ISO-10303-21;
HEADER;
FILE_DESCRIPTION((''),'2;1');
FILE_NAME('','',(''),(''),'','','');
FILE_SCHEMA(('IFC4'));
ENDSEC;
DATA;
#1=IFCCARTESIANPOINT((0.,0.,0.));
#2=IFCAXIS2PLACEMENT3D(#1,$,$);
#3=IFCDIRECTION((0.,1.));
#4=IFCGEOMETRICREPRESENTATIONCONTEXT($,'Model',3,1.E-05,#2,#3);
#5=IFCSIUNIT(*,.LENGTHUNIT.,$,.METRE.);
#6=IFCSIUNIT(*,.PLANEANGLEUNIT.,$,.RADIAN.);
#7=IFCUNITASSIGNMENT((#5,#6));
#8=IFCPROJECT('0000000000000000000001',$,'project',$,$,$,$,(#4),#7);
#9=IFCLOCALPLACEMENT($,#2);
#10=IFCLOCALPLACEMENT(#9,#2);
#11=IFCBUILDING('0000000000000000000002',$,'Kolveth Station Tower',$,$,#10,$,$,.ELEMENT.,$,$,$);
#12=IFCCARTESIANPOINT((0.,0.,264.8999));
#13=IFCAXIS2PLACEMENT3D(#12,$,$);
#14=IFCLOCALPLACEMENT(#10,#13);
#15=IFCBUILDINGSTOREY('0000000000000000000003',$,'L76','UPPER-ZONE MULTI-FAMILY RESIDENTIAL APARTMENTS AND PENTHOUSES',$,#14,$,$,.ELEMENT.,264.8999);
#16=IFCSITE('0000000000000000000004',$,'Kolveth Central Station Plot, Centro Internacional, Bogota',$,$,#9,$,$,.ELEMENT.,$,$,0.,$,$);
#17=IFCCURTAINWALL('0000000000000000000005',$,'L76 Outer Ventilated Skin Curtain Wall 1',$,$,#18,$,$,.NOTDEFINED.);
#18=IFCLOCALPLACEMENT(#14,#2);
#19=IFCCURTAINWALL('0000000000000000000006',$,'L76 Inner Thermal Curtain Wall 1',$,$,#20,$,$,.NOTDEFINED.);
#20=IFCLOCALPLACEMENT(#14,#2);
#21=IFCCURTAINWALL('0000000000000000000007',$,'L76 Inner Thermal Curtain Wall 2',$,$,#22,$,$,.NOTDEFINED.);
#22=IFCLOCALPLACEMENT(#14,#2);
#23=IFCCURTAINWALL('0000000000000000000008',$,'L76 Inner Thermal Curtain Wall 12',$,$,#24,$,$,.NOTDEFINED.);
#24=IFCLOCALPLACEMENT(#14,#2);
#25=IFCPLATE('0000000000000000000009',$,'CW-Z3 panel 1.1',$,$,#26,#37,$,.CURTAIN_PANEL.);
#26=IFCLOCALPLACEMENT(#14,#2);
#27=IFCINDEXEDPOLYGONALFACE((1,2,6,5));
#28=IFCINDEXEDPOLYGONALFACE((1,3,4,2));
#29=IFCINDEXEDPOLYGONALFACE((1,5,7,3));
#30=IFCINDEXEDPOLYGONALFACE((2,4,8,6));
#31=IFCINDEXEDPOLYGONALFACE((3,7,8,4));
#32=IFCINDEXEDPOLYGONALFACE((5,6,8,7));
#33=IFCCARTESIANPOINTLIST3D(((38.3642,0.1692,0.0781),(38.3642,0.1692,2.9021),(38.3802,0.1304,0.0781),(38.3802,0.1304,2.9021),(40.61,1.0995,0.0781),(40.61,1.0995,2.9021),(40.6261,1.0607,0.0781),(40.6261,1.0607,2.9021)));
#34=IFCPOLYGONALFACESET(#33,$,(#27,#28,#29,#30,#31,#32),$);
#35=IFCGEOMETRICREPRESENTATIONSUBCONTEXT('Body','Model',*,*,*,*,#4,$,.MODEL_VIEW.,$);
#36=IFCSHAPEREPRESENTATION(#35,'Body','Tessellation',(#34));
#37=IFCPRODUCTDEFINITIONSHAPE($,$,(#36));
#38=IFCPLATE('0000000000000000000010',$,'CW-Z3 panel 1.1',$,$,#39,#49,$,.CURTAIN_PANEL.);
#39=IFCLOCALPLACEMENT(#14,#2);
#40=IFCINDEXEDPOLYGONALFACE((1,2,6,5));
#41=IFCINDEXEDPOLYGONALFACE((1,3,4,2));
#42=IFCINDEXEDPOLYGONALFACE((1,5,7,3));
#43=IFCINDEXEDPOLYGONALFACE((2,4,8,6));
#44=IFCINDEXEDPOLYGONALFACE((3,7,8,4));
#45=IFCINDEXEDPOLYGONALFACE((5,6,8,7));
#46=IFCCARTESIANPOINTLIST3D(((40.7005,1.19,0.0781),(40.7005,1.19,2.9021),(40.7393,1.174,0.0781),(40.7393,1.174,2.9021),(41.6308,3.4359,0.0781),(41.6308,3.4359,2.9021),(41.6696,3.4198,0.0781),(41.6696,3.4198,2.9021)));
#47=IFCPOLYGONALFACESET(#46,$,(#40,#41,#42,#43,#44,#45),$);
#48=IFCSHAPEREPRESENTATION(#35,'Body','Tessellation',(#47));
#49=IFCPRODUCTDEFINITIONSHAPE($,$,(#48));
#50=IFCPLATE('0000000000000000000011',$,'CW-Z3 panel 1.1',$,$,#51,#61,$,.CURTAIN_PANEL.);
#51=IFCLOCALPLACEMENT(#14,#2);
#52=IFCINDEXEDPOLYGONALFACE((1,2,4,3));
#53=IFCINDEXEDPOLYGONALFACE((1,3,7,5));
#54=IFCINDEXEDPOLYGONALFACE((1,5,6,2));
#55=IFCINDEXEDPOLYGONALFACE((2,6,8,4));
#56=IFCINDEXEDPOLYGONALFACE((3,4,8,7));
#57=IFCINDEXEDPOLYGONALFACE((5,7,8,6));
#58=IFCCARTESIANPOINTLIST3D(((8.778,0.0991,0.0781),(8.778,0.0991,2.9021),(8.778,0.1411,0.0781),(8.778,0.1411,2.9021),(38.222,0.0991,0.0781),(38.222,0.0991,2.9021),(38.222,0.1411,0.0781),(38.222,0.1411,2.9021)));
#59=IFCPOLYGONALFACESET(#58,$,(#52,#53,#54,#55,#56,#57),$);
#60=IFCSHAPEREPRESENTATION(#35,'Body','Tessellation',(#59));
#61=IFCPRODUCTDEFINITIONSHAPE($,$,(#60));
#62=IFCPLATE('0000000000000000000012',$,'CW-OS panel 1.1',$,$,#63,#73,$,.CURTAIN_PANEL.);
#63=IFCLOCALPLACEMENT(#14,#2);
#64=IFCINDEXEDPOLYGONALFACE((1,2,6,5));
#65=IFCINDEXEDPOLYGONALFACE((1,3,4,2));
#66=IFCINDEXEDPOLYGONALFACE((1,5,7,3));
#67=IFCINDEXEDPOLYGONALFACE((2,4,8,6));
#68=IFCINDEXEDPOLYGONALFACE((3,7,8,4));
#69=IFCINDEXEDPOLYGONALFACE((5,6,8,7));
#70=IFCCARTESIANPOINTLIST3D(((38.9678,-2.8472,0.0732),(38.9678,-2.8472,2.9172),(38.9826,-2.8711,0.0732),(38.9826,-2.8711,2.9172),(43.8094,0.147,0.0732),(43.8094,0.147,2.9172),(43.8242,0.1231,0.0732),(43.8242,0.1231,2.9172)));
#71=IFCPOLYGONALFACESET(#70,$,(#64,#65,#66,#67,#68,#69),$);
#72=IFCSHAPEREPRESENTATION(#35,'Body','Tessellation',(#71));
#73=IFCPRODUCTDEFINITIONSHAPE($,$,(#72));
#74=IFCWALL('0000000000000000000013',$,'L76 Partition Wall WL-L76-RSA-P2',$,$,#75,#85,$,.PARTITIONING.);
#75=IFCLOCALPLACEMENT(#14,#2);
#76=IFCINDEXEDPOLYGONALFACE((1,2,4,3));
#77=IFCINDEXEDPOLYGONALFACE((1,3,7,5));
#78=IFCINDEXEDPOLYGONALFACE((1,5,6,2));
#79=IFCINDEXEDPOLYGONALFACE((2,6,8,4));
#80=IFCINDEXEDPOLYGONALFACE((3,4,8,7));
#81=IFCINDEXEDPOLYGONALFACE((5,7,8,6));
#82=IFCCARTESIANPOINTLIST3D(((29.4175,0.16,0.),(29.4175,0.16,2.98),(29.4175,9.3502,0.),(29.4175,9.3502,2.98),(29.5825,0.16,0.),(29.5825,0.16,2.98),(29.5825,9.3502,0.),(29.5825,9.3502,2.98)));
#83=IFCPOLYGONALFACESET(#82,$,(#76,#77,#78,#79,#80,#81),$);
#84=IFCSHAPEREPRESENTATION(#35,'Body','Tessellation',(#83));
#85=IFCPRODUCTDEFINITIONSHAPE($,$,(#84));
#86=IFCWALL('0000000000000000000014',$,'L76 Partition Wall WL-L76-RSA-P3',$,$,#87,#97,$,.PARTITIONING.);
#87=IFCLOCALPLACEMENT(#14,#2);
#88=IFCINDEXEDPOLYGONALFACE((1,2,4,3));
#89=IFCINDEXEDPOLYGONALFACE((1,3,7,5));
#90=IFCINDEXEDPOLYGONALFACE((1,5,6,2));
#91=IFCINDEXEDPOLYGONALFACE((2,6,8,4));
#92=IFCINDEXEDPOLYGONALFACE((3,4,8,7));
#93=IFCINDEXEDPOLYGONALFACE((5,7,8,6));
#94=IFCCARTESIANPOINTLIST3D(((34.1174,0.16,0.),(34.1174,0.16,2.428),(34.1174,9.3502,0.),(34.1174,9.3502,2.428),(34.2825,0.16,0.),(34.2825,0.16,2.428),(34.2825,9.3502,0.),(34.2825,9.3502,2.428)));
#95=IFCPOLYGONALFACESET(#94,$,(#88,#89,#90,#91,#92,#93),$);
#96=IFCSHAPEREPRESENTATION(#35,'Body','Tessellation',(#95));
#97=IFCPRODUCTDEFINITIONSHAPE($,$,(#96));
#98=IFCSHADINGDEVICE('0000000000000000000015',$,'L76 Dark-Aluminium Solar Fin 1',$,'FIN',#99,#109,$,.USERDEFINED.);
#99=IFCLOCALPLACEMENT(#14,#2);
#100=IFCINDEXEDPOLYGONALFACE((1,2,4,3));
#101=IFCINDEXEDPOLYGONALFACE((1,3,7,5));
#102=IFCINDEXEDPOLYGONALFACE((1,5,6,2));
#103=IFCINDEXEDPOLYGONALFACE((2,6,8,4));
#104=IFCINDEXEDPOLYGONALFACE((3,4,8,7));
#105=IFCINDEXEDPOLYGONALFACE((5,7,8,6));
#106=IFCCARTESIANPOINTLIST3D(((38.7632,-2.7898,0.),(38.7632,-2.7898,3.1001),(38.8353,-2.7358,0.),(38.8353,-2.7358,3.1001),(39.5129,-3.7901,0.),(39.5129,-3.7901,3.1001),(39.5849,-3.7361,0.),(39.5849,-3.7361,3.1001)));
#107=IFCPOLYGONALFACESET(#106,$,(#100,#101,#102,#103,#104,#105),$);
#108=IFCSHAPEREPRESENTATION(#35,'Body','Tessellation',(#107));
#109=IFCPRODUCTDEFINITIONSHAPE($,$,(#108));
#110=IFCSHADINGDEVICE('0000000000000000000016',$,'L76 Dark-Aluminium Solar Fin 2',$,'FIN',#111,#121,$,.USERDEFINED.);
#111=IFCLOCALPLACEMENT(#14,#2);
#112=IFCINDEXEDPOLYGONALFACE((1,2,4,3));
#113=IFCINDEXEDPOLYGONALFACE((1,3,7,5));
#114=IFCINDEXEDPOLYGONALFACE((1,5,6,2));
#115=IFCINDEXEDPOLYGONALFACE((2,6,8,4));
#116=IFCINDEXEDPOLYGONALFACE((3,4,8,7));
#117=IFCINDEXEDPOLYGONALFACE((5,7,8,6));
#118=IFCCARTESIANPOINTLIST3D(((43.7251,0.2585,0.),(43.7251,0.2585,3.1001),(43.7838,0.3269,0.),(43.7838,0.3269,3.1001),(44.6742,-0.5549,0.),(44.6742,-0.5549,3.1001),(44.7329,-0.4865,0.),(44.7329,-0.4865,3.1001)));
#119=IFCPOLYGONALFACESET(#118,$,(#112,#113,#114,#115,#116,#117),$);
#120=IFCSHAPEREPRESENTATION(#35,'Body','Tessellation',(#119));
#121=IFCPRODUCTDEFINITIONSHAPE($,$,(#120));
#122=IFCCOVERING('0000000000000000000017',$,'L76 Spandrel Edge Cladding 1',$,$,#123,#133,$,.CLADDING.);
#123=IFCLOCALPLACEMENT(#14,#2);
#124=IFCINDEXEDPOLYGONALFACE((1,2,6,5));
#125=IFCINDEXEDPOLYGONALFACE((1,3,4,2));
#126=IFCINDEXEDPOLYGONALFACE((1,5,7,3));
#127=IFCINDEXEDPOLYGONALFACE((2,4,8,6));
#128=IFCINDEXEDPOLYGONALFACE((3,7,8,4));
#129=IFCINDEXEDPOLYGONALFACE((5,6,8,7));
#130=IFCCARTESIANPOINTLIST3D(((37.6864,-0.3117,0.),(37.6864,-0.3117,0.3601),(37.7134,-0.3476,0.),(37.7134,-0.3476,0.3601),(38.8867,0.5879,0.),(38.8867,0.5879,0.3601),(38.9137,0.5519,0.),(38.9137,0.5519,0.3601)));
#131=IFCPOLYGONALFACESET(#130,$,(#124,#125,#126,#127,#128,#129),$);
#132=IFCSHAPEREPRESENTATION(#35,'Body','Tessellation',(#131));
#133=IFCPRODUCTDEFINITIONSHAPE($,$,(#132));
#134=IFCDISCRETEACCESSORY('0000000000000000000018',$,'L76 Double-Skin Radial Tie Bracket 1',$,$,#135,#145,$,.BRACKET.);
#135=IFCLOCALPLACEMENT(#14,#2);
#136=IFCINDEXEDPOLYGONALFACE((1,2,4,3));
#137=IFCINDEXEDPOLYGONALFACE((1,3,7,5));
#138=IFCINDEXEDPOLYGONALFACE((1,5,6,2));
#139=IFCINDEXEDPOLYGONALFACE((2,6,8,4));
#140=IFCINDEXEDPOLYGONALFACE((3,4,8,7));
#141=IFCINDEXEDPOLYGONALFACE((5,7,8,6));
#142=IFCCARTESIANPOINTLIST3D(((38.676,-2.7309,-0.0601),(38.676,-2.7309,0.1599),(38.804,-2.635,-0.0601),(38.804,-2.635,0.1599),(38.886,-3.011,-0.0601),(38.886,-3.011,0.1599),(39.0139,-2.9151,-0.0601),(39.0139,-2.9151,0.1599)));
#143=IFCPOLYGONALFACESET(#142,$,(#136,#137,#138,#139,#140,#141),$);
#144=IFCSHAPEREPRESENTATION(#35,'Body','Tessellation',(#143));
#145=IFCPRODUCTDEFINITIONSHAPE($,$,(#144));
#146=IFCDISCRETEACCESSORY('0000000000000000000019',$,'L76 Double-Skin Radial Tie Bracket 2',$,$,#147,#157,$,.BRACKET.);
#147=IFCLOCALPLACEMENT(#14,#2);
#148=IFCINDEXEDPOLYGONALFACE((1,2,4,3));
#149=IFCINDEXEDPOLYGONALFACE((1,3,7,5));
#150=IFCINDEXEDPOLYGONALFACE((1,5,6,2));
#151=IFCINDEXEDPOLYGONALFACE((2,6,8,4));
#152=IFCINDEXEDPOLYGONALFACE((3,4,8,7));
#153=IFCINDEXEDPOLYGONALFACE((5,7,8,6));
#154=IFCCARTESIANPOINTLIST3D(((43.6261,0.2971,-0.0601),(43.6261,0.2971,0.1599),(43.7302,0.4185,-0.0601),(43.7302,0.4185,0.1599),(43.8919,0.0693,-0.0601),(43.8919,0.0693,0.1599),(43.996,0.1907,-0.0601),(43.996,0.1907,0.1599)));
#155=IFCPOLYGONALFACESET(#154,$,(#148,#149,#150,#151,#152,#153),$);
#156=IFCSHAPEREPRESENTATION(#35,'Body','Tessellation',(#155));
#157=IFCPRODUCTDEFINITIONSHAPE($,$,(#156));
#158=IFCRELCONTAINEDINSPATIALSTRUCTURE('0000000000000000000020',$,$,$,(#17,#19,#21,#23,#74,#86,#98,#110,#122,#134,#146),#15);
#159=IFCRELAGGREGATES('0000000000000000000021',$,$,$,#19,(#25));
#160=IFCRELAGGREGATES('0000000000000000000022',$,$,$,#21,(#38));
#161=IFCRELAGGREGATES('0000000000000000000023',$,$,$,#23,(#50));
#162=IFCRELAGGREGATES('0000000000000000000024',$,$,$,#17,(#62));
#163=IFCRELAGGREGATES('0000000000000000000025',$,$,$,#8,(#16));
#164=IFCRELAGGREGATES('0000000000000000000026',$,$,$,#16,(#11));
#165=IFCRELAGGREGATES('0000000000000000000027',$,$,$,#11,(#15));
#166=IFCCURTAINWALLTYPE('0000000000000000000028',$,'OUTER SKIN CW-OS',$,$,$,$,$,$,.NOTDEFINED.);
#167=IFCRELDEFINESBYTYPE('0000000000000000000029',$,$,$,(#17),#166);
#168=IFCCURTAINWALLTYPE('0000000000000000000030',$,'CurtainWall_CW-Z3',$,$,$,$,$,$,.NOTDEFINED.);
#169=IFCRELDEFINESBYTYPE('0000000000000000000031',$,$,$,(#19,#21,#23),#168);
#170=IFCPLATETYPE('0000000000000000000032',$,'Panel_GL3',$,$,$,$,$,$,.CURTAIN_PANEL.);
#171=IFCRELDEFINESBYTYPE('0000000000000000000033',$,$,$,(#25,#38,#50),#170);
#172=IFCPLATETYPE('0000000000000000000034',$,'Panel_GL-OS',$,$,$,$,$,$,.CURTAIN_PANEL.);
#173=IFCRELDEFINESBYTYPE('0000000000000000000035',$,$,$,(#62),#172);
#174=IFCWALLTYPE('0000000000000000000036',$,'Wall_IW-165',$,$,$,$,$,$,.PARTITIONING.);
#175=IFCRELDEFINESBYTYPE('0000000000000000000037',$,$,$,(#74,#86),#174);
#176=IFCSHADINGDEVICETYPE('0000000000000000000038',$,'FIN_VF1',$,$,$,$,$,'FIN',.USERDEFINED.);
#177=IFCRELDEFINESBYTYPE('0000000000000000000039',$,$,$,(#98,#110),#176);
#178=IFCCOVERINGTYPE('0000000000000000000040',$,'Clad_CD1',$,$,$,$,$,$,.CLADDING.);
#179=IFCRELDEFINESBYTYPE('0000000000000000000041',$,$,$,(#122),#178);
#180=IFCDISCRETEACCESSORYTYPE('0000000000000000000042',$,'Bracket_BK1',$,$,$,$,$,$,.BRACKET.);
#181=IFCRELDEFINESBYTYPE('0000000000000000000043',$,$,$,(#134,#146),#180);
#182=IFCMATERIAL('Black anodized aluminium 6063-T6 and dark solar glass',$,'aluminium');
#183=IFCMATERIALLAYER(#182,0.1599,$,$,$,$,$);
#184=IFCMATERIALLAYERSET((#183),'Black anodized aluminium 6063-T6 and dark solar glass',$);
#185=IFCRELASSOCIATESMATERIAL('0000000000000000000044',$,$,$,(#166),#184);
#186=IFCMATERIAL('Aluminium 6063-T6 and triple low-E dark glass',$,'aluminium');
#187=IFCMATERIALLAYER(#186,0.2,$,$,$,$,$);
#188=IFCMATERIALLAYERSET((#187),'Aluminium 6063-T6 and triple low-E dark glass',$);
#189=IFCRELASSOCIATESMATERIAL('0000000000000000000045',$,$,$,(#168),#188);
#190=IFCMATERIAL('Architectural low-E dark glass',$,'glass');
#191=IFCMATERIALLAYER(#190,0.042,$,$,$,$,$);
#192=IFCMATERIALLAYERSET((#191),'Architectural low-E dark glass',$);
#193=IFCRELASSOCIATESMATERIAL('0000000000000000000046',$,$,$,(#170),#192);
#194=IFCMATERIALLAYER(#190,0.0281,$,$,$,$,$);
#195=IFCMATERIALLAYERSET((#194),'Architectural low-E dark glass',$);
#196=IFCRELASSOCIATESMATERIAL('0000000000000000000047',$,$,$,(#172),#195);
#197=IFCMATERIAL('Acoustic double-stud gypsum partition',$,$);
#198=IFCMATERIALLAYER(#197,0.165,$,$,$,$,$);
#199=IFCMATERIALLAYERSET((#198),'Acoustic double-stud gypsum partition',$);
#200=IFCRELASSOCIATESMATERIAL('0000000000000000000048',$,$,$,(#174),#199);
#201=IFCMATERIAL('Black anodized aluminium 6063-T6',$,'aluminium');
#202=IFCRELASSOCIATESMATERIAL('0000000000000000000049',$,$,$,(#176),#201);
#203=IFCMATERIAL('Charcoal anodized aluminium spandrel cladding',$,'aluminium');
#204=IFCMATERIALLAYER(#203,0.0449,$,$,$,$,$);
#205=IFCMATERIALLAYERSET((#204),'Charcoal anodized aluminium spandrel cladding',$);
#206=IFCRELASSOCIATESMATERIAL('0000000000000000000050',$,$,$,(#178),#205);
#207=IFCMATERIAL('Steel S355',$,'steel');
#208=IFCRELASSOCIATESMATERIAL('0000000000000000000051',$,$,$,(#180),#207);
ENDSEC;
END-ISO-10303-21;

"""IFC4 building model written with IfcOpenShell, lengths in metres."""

from ifc_helpers import new_model, si_unit, direction, frame, frame_2d, origin, origin_2d, place, context, subcontext, project, spatial, rectangle, extrude, source, transform, mapped, material, layer, layer_set, type_object, element, aggregate, save


model = new_model("IFC4")

# Units and contexts
model_context = context("Model", 3, precision=1e-05, world=origin(), true_north=direction((0.0, 1.0)))
body_context = subcontext(model_context, "Body", "Model", "MODEL_VIEW")
ifc_project = project(units=[si_unit("LENGTHUNIT", "METRE"), si_unit("PLANEANGLEUNIT", "RADIAN")], contexts=[model_context])

# Site, building, storey
site_placement = place(None, origin())
site = spatial("IfcSite", under=ifc_project, at=site_placement, Name="Kolveth Central Station Plot, Centro Internacional, Bogota", CompositionType="ELEMENT", RefElevation=0.0)
building_placement = place(site_placement, origin())
building = spatial("IfcBuilding", under=site, at=building_placement, Name="Kolveth Station Tower", CompositionType="ELEMENT")
storey_placement = place(building_placement, frame((0.0, 0.0, 264.8999)))
storey = spatial("IfcBuildingStorey", under=building, at=storey_placement, Name="L76", Description="UPPER-ZONE MULTI-FAMILY RESIDENTIAL APARTMENTS AND PENTHOUSES", CompositionType="ELEMENT", Elevation=264.8999)

# Shared definitions
ifc_material_1 = material(Name="Steel S355", Category="steel")

# Curtain wall
ifc_material_2 = material(Name="Black anodized aluminium 6063-T6 and dark solar glass", Category="aluminium")
ifc_layer_1 = layer(ifc_material_2, 0.1599)
ifc_layer_set_1 = layer_set([ifc_layer_1], Name="Black anodized aluminium 6063-T6 and dark solar glass")
curtain_wall_type_1 = type_object("IfcCurtainWallType", Name="OUTER SKIN CW-OS", PredefinedType="NOTDEFINED", material=ifc_layer_set_1)
curtain_wall_1_placement = place(storey_placement, origin())
curtain_wall_1 = element("IfcCurtainWall", 1, at=curtain_wall_1_placement, inside=storey, type_object=curtain_wall_type_1, Name="L76 Outer Ventilated Skin Curtain Wall 1", PredefinedType="NOTDEFINED")
ifc_material_3 = material(Name="Black anodized aluminium 6063-T6", Category="aluminium")

# Curtain walls
ifc_material_4 = material(Name="Aluminium 6063-T6 and triple low-E dark glass", Category="aluminium")
ifc_layer_2 = layer(ifc_material_4, 0.2)
ifc_layer_set_2 = layer_set([ifc_layer_2], Name="Aluminium 6063-T6 and triple low-E dark glass")
curtain_wall_type_2 = type_object("IfcCurtainWallType", Name="CurtainWall_CW-Z3", PredefinedType="NOTDEFINED", material=ifc_layer_set_2)
curtain_wall_2_placement = place(storey_placement, origin())
curtain_wall_2 = element("IfcCurtainWall", 2, at=curtain_wall_2_placement, inside=storey, type_object=curtain_wall_type_2, Name="L76 Inner Thermal Curtain Wall 1", PredefinedType="NOTDEFINED")
curtain_wall_3_placement = place(storey_placement, origin())
curtain_wall_3 = element("IfcCurtainWall", 3, at=curtain_wall_3_placement, inside=storey, type_object=curtain_wall_type_2, Name="L76 Inner Thermal Curtain Wall 2", PredefinedType="NOTDEFINED")

# Curtain wall
curtain_wall_4_placement = place(storey_placement, origin())
curtain_wall_4 = element("IfcCurtainWall", 4, at=curtain_wall_4_placement, inside=storey, type_object=curtain_wall_type_2, Name="L76 Inner Thermal Curtain Wall 12", PredefinedType="NOTDEFINED")

# Plates
ifc_material_5 = material(Name="Architectural low-E dark glass", Category="glass")
ifc_layer_3 = layer(ifc_material_5, 0.042)
ifc_layer_set_3 = layer_set([ifc_layer_3], Name="Architectural low-E dark glass")
plate_type_1 = type_object("IfcPlateType", Name="Panel_GL3", PredefinedType="CURTAIN_PANEL", material=ifc_layer_set_3)
shared_shape_1 = source(origin(), body_context, "Body", "SweptSolid", [
    extrude(rectangle(XDim=2.4309, YDim=0.042, at=origin_2d()), origin(), (0.0, 0.0, 1.0), 2.824),
])
plate_1_placement = place(storey_placement, frame((39.4951, 0.615, 0.0781), z_axis=(0.0, 0.0, 1.0), x_axis=(0.923875, 0.382693, 0.0)))
plate_1 = element("IfcPlate", 5, at=plate_1_placement, type_object=plate_type_1, Name="CW-Z3 panel 1.1", PredefinedType="CURTAIN_PANEL", context=body_context, shape_type="MappedRepresentation", body=[
    mapped(shared_shape_1, transform((0.0, 0.0, 0.0), x_axis=(1.0, 0.0, 0.0), y_axis=(0.0, 1.0, 0.0), z_axis=(0.0, 0.0, 1.0), scale=1.0)),
])
aggregate(curtain_wall_2, [plate_1])
plate_2_placement = place(storey_placement, frame((41.1851, 2.3049, 0.0781), z_axis=(0.0, 0.0, 1.0), x_axis=(0.382693, 0.923875, 0.0)))
plate_2 = element("IfcPlate", 6, at=plate_2_placement, type_object=plate_type_1, Name="CW-Z3 panel 1.1", PredefinedType="CURTAIN_PANEL", context=body_context, shape_type="MappedRepresentation", body=[
    mapped(shared_shape_1, transform((0.0, 0.0, 0.0), x_axis=(1.0, 0.0, 0.0), y_axis=(0.0, 1.0, 0.0), z_axis=(0.0, 0.0, 1.0), scale=1.0)),
])
aggregate(curtain_wall_3, [plate_2])
shared_shape_2 = source(origin(), body_context, "Body", "SweptSolid", [
    extrude(rectangle(XDim=29.4441, YDim=0.042, at=origin_2d()), origin(), (0.0, 0.0, 1.0), 2.824),
])
plate_3_placement = place(storey_placement, frame((23.5, 0.1201, 0.0781), z_axis=(0.0, 0.0, 1.0), x_axis=(1.0, 0.0, 0.0)))
plate_3 = element("IfcPlate", 7, at=plate_3_placement, type_object=plate_type_1, Name="CW-Z3 panel 1.1", PredefinedType="CURTAIN_PANEL", context=body_context, shape_type="MappedRepresentation", body=[
    mapped(shared_shape_2, transform((0.0, 0.0, 0.0), x_axis=(1.0, 0.0, 0.0), y_axis=(0.0, 1.0, 0.0), z_axis=(0.0, 0.0, 1.0), scale=1.0)),
])
aggregate(curtain_wall_4, [plate_3])
ifc_layer_4 = layer(ifc_material_5, 0.0281)
ifc_layer_set_4 = layer_set([ifc_layer_4], Name="Architectural low-E dark glass")
plate_type_2 = type_object("IfcPlateType", Name="Panel_GL-OS", PredefinedType="CURTAIN_PANEL", material=ifc_layer_set_4)
shared_shape_3 = source(origin(), body_context, "Body", "SweptSolid", [
    extrude(rectangle(XDim=5.6926, YDim=0.0281, at=origin_2d()), origin(), (0.0, 0.0, 1.0), 2.844),
])
plate_4_placement = place(storey_placement, frame((41.396, -1.3621, 0.0732), z_axis=(0.0, 0.0, 1.0), x_axis=(0.850496, 0.525981, 0.0)))
plate_4 = element("IfcPlate", 8, at=plate_4_placement, type_object=plate_type_2, Name="CW-OS panel 1.1", PredefinedType="CURTAIN_PANEL", context=body_context, shape_type="MappedRepresentation", body=[
    mapped(shared_shape_3, transform((0.0, 0.0, 0.0), x_axis=(1.0, 0.0, 0.0), y_axis=(0.0, 1.0, 0.0), z_axis=(0.0, 0.0, 1.0), scale=1.0)),
])
aggregate(curtain_wall_1, [plate_4])

# Walls
ifc_material_6 = material(Name="Acoustic double-stud gypsum partition")
ifc_layer_5 = layer(ifc_material_6, 0.165)
ifc_layer_set_5 = layer_set([ifc_layer_5], Name="Acoustic double-stud gypsum partition")
wall_type = type_object("IfcWallType", Name="Wall_IW-165", PredefinedType="PARTITIONING", material=ifc_layer_set_5)
wall_1_placement = place(storey_placement, frame((29.5, 0.1599, 0.0), z_axis=(0.0, 0.0, 1.0), x_axis=(0.0, 1.0, 0.0)))
element("IfcWall", 9, at=wall_1_placement, inside=storey, type_object=wall_type, Name="L76 Partition Wall WL-L76-RSA-P2", PredefinedType="PARTITIONING", context=body_context, shape_type="SweptSolid", body=[
    extrude(rectangle(XDim=9.1902, YDim=0.165, at=frame_2d((4.5952, 0.0))), origin(), (0.0, 0.0, 1.0), 2.98),
])
wall_2_placement = place(storey_placement, frame((34.2, 0.1599, 0.0), z_axis=(0.0, 0.0, 1.0), x_axis=(0.0, 1.0, 0.0)))
element("IfcWall", 10, at=wall_2_placement, inside=storey, type_object=wall_type, Name="L76 Partition Wall WL-L76-RSA-P3", PredefinedType="PARTITIONING", context=body_context, shape_type="SweptSolid", body=[
    extrude(rectangle(XDim=9.1902, YDim=0.165, at=frame_2d((4.5952, 0.0))), origin(), (0.0, 0.0, 1.0), 2.428),
])

# Shading devices
shading_device_type = type_object("IfcShadingDeviceType", Name="FIN_VF1", ElementType="FIN", PredefinedType="USERDEFINED", material=ifc_material_3)
shared_shape_4 = source(origin(), body_context, "Body", "SweptSolid", [
    extrude(rectangle(XDim=1.25, YDim=0.0901, at=origin_2d()), origin(), (0.0, 0.0, 1.0), 3.1001),
])
for number, where, z_axis, x_axis, name in (
    (11, (39.1741, -3.2629, 0.0), (0.0, 0.0, 1.0), (0.599722, -0.800208, 0.0), "L76 Dark-Aluminium Solar Fin 1"),
    (12, (44.229, -0.114, 0.0), (0.0, 0.0, 1.0), (0.759271, -0.650774, 0.0), "L76 Dark-Aluminium Solar Fin 2"),
):
    element("IfcShadingDevice", number, at=place(storey_placement, frame(where, z_axis=z_axis, x_axis=x_axis)), inside=storey, type_object=shading_device_type, Name=name, ObjectType="FIN", PredefinedType="USERDEFINED", context=body_context, shape_type="MappedRepresentation", body=[
        mapped(shared_shape_4, transform((0.0, 0.0, 0.0), x_axis=(1.0, 0.0, 0.0), y_axis=(0.0, 1.0, 0.0), z_axis=(0.0, 0.0, 1.0), scale=1.0)),
    ])

# Covering
ifc_material_7 = material(Name="Charcoal anodized aluminium spandrel cladding", Category="aluminium")
ifc_layer_6 = layer(ifc_material_7, 0.0449)
ifc_layer_set_6 = layer_set([ifc_layer_6], Name="Charcoal anodized aluminium spandrel cladding")
covering_type = type_object("IfcCoveringType", Name="Clad_CD1", PredefinedType="CLADDING", material=ifc_layer_set_6)
shared_shape_5 = source(origin(), body_context, "Body", "SweptSolid", [
    extrude(rectangle(XDim=1.5, YDim=0.0449, at=origin_2d()), origin(), (0.0, 0.0, 1.0), 0.3601),
])
covering_placement = place(storey_placement, frame((38.3, 0.1201, 0.0), z_axis=(0.0, 0.0, 1.0), x_axis=(0.800208, 0.599722, 0.0)))
element("IfcCovering", 13, at=covering_placement, inside=storey, type_object=covering_type, Name="L76 Spandrel Edge Cladding 1", PredefinedType="CLADDING", context=body_context, shape_type="MappedRepresentation", body=[
    mapped(shared_shape_5, transform((0.0, 0.0, 0.0), x_axis=(1.0, 0.0, 0.0), y_axis=(0.0, 1.0, 0.0), z_axis=(0.0, 0.0, 1.0), scale=1.0)),
])

# Discrete accessories
discrete_accessory_type = type_object("IfcDiscreteAccessoryType", Name="Bracket_BK1", PredefinedType="BRACKET", material=ifc_material_1)
shared_shape_6 = source(origin(), body_context, "Body", "SweptSolid", [
    extrude(rectangle(XDim=0.3501, YDim=0.1599, at=origin_2d()), origin(), (0.0, 0.0, 1.0), 0.22),
])
for number, where, z_axis, x_axis, name in (
    (14, (38.845, -2.823, -0.0601), (0.0, 0.0, 1.0), (0.599722, -0.800208, 0.0), "L76 Double-Skin Radial Tie Bracket 1"),
    (15, (43.811, 0.2439, -0.0601), (0.0, 0.0, 1.0), (0.759271, -0.650774, 0.0), "L76 Double-Skin Radial Tie Bracket 2"),
):
    element("IfcDiscreteAccessory", number, at=place(storey_placement, frame(where, z_axis=z_axis, x_axis=x_axis)), inside=storey, type_object=discrete_accessory_type, Name=name, PredefinedType="BRACKET", context=body_context, shape_type="MappedRepresentation", body=[
        mapped(shared_shape_6, transform((0.0, 0.0, 0.0), x_axis=(1.0, 0.0, 0.0), y_axis=(0.0, 1.0, 0.0), z_axis=(0.0, 0.0, 1.0), scale=1.0)),
    ])

save(model, "model.ifc")
